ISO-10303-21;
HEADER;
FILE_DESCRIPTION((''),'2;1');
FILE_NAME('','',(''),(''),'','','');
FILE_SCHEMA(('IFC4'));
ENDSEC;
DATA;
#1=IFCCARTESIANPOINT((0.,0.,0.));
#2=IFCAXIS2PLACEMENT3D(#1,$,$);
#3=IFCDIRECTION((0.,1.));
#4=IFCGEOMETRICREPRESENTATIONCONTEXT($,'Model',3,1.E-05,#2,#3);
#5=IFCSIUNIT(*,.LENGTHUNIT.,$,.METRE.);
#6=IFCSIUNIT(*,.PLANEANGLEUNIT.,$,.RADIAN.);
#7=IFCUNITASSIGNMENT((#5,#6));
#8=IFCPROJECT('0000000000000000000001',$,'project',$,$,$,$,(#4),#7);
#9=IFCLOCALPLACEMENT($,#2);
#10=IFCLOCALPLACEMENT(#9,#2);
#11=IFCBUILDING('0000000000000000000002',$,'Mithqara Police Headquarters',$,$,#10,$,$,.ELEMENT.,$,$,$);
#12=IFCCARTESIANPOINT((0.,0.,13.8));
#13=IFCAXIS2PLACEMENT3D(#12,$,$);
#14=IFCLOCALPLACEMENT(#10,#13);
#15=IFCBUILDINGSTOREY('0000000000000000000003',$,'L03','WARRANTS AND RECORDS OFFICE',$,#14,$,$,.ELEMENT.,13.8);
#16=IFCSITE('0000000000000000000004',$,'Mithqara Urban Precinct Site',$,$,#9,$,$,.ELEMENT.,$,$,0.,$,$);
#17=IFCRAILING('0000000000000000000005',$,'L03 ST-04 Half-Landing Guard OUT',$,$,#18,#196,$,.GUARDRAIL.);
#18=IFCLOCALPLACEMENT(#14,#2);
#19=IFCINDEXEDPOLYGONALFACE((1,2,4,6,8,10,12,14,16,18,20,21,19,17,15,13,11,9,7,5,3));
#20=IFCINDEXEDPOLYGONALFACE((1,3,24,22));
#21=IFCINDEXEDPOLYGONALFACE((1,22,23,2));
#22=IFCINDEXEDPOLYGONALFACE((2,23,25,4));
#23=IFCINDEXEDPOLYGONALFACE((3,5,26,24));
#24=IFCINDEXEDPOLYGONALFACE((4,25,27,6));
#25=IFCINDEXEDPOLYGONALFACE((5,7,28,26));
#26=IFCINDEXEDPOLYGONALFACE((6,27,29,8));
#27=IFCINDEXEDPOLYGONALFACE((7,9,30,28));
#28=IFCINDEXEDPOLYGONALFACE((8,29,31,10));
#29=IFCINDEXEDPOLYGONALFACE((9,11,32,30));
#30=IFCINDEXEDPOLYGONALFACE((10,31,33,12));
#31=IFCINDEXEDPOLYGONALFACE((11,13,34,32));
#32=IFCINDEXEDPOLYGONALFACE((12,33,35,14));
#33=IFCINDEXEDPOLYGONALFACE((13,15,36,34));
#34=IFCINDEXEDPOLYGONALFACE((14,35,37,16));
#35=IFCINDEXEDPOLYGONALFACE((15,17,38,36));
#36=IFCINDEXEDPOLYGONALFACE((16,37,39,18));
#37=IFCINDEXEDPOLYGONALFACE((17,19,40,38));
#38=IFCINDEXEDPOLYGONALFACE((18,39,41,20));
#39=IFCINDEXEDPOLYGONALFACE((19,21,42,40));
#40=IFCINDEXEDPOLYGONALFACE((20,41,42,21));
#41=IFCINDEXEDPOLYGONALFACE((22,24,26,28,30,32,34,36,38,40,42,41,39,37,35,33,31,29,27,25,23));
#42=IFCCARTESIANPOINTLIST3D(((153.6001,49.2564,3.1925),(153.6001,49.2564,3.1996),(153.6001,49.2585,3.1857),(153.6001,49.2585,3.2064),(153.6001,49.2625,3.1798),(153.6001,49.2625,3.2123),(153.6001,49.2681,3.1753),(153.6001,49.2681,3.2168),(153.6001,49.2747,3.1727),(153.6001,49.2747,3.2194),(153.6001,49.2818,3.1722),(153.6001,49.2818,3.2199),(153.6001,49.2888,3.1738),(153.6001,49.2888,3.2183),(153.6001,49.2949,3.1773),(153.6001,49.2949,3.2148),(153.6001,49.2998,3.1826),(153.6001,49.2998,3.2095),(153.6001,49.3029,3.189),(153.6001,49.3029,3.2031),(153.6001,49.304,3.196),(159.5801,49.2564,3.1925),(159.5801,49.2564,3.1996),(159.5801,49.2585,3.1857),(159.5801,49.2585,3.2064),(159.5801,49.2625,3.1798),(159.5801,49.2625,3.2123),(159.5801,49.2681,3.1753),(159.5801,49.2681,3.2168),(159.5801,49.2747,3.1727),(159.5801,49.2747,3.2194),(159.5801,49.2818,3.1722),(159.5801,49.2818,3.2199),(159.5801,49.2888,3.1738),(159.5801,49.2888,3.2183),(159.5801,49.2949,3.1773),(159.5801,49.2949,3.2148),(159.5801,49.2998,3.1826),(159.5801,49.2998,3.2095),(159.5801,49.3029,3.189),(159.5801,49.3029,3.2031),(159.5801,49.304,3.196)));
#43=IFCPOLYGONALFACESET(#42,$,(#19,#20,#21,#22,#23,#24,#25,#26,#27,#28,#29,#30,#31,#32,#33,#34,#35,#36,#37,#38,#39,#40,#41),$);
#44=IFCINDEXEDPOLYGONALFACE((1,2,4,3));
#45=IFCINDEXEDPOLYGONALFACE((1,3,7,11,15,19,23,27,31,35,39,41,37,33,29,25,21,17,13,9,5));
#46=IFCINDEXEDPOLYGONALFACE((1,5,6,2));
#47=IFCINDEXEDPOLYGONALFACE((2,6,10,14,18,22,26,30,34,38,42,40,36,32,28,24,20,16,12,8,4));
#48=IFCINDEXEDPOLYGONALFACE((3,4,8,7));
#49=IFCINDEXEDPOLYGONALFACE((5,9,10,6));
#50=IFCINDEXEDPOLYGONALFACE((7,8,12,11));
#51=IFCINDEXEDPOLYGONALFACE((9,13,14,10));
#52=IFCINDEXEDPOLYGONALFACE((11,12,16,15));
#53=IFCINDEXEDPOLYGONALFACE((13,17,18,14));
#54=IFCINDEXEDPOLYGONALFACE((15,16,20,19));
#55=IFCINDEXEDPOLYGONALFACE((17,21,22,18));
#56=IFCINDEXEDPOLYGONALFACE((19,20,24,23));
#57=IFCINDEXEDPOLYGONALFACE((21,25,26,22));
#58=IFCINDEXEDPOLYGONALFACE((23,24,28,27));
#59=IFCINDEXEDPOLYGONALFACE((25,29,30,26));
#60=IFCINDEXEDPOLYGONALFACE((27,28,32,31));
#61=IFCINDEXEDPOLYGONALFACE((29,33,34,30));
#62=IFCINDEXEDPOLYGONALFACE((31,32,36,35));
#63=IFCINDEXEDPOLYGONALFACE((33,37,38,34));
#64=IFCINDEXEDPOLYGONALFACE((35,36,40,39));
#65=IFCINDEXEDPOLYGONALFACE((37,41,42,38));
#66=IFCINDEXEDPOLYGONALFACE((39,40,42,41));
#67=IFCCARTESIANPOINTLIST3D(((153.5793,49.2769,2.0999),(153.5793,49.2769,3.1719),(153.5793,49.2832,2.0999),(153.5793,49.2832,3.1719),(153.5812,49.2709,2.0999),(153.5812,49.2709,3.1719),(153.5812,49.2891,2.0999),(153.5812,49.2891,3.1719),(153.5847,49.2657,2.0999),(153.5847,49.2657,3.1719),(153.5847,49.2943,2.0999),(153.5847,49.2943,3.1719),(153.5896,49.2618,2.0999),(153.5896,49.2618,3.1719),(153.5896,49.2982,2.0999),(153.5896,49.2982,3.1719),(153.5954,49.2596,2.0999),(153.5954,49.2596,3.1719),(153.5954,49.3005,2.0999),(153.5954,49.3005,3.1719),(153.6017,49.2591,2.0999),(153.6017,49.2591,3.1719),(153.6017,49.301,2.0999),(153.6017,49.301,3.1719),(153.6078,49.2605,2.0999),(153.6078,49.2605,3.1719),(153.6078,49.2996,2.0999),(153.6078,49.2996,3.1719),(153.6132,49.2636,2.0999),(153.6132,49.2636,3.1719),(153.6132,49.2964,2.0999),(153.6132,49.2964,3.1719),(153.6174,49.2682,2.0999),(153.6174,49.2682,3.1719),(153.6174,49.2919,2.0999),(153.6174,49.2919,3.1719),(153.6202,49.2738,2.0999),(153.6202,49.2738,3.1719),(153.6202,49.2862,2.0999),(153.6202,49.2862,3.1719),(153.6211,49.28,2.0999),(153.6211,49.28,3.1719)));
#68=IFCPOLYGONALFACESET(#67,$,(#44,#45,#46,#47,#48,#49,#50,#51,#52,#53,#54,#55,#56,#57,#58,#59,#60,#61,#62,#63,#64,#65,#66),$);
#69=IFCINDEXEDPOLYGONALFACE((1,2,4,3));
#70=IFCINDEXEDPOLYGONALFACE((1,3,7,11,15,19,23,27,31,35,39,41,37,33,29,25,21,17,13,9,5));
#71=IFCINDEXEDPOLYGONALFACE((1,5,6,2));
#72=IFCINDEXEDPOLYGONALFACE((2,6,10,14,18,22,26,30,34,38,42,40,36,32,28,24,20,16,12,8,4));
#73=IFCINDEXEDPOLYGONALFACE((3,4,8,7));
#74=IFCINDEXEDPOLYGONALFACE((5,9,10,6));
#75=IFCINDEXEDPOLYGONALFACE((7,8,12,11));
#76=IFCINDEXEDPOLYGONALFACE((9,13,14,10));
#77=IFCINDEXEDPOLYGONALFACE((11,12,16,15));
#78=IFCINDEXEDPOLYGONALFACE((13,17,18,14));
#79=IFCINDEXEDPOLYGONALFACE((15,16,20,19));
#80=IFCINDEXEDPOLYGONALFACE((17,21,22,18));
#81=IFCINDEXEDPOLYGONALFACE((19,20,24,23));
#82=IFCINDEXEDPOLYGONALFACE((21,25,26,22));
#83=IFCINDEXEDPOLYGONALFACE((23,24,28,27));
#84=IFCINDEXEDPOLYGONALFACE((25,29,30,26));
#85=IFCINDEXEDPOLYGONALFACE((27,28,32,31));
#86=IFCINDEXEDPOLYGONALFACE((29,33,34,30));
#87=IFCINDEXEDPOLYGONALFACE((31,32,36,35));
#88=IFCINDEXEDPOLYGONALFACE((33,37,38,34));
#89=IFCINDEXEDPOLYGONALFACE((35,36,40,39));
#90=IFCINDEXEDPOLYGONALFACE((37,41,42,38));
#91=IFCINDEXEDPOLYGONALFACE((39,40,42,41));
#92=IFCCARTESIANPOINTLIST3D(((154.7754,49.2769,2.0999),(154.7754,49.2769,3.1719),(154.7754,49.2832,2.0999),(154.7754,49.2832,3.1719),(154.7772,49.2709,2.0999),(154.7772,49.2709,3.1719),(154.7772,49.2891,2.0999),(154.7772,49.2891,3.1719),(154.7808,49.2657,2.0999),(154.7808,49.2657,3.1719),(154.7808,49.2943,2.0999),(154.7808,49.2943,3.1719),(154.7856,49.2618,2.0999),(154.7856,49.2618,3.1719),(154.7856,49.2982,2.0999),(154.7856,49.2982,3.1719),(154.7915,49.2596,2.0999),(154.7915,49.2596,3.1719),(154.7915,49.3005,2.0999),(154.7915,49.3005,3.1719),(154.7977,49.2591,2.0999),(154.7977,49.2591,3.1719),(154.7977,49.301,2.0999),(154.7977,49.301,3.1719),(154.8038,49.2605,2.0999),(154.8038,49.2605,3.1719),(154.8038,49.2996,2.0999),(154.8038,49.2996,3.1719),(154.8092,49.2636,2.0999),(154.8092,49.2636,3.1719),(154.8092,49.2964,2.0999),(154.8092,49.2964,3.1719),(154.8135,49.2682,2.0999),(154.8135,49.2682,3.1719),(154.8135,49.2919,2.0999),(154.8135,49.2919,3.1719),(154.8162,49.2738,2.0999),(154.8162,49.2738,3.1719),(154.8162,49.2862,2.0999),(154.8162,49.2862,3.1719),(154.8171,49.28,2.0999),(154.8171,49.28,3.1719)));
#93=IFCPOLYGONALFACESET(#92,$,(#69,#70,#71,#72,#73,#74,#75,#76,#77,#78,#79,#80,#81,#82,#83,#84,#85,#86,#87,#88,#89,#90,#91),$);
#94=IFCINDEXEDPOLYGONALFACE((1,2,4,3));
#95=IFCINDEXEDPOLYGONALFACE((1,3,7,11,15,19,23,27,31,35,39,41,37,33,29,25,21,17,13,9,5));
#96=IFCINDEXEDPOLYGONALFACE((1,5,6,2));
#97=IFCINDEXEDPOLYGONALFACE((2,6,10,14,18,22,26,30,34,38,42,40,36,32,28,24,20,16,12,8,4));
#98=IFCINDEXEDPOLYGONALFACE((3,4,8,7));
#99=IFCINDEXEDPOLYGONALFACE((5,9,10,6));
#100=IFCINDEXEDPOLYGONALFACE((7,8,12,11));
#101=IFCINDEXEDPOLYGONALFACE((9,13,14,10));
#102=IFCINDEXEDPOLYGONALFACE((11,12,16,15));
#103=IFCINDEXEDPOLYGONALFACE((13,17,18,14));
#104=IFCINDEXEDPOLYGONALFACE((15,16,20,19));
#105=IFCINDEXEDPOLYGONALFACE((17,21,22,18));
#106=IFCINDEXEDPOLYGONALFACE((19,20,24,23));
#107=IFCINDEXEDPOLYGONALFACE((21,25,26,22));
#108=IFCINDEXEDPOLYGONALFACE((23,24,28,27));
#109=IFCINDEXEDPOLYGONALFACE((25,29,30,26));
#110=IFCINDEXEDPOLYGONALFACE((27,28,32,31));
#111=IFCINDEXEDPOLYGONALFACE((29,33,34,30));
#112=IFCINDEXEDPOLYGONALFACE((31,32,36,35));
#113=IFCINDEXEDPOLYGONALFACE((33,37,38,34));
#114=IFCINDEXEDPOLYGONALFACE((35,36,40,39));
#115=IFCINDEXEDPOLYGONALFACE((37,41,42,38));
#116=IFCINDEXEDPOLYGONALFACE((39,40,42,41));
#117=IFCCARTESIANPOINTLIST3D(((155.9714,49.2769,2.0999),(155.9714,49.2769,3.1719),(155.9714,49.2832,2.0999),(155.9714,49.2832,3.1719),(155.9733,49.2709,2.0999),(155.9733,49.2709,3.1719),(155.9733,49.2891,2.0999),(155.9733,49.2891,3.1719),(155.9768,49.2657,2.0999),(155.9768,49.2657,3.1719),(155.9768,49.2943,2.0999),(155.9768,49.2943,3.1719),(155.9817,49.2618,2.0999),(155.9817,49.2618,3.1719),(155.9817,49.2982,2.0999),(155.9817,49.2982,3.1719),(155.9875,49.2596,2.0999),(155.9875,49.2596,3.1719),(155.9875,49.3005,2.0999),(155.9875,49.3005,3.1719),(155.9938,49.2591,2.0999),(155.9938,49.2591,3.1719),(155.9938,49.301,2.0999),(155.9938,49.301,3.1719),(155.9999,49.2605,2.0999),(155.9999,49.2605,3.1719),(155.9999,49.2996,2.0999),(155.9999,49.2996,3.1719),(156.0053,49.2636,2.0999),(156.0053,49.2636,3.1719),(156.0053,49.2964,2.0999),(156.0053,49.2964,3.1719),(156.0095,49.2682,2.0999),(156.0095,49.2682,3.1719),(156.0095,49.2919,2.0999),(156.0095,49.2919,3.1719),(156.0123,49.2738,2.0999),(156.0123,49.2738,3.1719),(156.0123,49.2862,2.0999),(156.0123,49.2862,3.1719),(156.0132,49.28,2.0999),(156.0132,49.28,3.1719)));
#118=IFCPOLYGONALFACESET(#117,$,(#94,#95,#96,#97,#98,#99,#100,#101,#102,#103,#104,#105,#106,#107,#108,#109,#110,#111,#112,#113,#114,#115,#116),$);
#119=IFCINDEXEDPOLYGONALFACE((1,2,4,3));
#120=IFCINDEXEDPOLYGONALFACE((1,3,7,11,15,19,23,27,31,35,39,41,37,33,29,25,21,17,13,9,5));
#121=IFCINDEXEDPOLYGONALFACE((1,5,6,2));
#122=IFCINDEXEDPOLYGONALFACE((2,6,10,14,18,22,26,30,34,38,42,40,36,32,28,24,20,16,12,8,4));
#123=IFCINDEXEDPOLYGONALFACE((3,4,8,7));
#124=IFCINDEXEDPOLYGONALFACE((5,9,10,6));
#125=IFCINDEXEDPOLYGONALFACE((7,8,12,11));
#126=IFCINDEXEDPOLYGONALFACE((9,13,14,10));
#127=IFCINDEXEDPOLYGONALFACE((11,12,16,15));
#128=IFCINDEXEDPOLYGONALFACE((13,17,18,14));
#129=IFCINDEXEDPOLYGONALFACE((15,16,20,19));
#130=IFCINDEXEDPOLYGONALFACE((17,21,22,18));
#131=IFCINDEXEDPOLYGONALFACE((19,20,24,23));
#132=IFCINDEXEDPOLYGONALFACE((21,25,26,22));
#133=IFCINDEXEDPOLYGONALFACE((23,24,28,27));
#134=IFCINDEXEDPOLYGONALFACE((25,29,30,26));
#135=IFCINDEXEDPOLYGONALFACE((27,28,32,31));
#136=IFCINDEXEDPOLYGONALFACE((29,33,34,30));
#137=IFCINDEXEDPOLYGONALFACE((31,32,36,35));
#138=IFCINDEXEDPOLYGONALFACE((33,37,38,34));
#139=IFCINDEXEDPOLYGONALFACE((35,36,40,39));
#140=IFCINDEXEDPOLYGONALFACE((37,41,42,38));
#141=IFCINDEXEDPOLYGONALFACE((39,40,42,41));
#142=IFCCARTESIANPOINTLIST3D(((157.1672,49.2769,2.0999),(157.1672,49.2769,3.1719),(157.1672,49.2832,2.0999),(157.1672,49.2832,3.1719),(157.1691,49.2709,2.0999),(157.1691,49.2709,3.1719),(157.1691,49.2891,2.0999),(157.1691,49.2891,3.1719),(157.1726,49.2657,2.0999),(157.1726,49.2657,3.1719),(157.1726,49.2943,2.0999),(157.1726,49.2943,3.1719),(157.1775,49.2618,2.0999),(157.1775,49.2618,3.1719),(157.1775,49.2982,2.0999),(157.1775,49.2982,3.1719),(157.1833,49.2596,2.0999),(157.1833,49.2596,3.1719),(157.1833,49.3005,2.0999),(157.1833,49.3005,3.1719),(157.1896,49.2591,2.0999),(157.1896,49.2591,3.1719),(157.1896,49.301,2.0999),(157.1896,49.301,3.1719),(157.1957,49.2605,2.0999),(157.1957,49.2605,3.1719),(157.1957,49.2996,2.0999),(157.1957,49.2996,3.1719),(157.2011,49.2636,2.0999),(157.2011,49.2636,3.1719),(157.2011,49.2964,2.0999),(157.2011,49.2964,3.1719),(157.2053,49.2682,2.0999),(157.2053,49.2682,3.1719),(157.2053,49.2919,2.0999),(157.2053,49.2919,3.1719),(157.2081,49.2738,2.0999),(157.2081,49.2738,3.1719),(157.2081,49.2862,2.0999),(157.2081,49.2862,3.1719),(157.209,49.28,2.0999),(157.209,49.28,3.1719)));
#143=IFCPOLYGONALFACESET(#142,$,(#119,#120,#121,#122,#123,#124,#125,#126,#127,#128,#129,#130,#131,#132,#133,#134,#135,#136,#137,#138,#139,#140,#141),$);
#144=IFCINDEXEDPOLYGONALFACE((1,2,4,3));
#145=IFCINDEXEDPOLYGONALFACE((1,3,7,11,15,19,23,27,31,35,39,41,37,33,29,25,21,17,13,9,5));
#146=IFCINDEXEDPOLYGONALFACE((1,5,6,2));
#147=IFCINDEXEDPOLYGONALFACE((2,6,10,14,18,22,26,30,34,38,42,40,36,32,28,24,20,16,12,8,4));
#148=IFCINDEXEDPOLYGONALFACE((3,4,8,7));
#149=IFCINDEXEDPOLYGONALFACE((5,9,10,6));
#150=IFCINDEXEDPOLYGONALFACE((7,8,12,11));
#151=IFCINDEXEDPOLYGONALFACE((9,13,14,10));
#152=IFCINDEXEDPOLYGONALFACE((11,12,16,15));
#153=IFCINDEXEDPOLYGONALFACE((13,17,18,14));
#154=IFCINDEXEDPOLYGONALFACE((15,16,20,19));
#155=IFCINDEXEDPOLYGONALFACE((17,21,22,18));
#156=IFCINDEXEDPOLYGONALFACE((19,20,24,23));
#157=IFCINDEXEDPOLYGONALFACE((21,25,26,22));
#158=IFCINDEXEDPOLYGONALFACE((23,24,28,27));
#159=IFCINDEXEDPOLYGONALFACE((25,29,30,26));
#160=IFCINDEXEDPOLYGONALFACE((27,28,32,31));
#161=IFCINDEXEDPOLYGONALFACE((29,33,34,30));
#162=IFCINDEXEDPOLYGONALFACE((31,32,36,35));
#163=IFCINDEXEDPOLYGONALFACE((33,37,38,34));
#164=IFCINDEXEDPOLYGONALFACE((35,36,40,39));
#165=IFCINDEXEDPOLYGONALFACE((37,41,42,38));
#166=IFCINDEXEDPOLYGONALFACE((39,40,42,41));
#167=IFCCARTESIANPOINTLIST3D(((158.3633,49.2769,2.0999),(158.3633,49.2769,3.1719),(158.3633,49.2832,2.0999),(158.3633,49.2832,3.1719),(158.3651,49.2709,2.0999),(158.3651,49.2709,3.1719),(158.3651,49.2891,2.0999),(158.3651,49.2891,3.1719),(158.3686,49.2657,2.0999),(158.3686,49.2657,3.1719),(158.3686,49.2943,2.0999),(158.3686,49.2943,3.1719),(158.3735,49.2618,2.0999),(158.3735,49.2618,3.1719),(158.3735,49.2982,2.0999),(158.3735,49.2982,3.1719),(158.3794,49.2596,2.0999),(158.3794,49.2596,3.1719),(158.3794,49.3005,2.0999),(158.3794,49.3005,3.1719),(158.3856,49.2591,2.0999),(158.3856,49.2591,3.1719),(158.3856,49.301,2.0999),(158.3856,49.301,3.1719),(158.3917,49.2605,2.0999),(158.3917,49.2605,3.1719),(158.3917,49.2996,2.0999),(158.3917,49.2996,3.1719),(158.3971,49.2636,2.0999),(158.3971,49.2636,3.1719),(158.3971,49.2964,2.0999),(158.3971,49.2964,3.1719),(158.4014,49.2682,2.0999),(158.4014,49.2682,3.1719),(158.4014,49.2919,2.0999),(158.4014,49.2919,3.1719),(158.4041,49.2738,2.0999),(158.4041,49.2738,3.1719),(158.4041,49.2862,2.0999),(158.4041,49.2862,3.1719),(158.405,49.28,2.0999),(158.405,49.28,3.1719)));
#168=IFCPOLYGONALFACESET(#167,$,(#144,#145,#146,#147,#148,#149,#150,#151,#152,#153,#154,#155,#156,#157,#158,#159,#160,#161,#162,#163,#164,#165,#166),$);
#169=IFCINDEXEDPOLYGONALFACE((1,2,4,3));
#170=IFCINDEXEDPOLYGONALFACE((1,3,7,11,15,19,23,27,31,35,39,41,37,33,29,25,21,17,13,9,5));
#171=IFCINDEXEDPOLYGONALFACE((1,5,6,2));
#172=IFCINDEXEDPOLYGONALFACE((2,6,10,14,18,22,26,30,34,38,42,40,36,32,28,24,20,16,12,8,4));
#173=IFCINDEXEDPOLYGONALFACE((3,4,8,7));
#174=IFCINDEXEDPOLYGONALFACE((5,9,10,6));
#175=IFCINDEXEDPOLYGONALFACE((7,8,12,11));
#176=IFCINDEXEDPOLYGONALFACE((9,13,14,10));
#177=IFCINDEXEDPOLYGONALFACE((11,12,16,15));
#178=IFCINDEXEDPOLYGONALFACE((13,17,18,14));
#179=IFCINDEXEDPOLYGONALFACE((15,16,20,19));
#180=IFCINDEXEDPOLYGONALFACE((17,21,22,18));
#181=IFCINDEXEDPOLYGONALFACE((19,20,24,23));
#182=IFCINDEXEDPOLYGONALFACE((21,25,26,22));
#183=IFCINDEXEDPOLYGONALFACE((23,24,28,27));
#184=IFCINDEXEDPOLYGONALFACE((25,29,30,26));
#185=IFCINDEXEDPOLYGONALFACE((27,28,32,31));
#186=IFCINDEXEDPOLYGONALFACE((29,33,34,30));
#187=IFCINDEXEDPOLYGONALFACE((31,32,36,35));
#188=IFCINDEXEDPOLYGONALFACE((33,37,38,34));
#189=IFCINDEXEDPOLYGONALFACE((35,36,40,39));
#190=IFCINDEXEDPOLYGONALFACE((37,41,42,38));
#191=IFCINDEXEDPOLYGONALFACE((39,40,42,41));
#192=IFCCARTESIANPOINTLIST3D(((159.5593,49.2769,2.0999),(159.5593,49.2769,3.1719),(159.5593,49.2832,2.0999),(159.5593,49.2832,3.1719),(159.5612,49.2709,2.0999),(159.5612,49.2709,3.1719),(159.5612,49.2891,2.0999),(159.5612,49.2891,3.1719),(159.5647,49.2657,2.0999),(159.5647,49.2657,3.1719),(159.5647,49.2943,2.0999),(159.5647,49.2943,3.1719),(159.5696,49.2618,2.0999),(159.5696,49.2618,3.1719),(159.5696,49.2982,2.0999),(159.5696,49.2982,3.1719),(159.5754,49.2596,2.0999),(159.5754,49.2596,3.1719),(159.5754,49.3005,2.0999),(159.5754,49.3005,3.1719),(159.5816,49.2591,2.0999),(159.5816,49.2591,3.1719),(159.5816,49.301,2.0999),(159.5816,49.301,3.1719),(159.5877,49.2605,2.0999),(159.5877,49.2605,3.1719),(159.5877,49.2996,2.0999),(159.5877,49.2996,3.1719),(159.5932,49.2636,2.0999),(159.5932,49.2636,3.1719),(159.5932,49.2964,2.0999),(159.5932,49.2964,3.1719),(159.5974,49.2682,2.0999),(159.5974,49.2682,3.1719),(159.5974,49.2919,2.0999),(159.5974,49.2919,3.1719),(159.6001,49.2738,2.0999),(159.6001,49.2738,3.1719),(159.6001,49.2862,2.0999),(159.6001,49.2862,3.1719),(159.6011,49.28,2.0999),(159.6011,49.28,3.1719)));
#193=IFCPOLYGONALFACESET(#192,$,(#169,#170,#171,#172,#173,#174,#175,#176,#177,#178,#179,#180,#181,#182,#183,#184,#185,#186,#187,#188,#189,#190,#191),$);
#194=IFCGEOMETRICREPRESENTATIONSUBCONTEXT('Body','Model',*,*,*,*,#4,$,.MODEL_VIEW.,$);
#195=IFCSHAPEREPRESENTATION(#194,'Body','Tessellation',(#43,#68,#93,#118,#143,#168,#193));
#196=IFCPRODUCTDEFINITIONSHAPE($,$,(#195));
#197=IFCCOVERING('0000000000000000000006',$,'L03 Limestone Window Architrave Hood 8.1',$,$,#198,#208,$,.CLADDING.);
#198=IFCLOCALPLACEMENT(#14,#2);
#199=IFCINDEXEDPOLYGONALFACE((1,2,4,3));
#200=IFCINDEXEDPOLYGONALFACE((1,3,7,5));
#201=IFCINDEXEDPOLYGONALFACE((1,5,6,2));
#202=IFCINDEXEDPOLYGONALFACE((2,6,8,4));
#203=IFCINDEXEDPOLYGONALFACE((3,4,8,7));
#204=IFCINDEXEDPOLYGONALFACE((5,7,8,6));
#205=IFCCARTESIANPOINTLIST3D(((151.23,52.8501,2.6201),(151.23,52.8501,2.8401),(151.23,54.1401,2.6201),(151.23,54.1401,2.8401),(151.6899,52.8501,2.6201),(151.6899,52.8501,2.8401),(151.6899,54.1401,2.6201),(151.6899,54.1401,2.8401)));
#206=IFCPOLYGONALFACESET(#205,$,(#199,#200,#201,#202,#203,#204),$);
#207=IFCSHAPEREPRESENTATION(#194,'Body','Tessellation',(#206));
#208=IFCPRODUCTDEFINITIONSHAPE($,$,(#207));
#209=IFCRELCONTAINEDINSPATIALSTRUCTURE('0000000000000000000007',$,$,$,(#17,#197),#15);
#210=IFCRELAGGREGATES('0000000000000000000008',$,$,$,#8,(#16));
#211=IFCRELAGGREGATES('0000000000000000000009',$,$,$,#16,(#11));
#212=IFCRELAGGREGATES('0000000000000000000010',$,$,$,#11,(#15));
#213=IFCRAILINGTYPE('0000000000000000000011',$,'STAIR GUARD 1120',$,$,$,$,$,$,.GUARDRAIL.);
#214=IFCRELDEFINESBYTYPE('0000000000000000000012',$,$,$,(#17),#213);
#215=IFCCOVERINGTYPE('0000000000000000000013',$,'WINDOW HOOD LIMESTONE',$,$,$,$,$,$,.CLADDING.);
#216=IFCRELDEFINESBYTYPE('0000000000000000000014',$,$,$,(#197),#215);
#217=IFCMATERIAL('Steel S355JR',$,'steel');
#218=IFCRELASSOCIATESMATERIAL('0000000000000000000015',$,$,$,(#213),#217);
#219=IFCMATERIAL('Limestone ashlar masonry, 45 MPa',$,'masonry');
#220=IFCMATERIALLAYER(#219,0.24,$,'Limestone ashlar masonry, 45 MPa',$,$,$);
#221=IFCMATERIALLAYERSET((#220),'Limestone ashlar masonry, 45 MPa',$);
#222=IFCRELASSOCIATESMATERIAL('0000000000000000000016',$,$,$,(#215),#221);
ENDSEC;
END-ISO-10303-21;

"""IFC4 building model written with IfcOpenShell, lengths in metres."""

from ifc_helpers import new_model, si_unit, direction, frame, origin, origin_2d, place, context, subcontext, project, spatial, rectangle, circle, extrude, material, layer, layer_set, type_object, element, save


model = new_model("IFC4")

# Units and contexts
model_context = context("Model", 3, precision=1e-05, world=origin(), true_north=direction((0.0, 1.0)))
body_context = subcontext(model_context, "Body", "Model", "MODEL_VIEW")
ifc_project = project(units=[si_unit("LENGTHUNIT", "METRE"), si_unit("PLANEANGLEUNIT", "RADIAN")], contexts=[model_context])

# Site, building, storey
site_placement = place(None, origin())
site = spatial("IfcSite", under=ifc_project, at=site_placement, Name="Mithqara Urban Precinct Site", CompositionType="ELEMENT", RefElevation=0.0)
building_placement = place(site_placement, origin())
building = spatial("IfcBuilding", under=site, at=building_placement, Name="Mithqara Police Headquarters", CompositionType="ELEMENT")
storey_placement = place(building_placement, frame((0.0, 0.0, 13.8)))
storey = spatial("IfcBuildingStorey", under=building, at=storey_placement, Name="L03", Description="WARRANTS AND RECORDS OFFICE", CompositionType="ELEMENT", Elevation=13.8)

# Shared definitions
ifc_material_1 = material(Name="Steel S355JR", Category="steel")

# Shared definitions
ifc_material_2 = material(Name="Limestone ashlar masonry, 45 MPa", Category="masonry")

# Railing
railing_type_1 = type_object("IfcRailingType", Name="STAIR GUARD 1120", PredefinedType="GUARDRAIL", material=ifc_material_1)
for number, where, name in (
    (1, (153.6001, 49.28, 2.0999), "L03 ST-04 Half-Landing Guard OUT"),
):
    element("IfcRailing", number, at=place(storey_placement, frame(where)), inside=storey, type_object=railing_type_1, Name=name, PredefinedType="GUARDRAIL", context=body_context, shape_type="SweptSolid", body=[
        extrude(circle(Radius=0.0239, at=origin_2d()), frame((0.0, 0.0, 1.0962), z_axis=(1.0, 0.0, 0.0), x_axis=(0.0, 1.0, 0.0)), (0.0, 0.0, 1.0), 5.98),
        extrude(circle(Radius=0.021, at=origin_2d()), origin(), (0.0, 0.0, 1.0), 1.072),
        extrude(circle(Radius=0.021, at=origin_2d()), frame((1.196, 0.0, 0.0)), (0.0, 0.0, 1.0), 1.072),
        extrude(circle(Radius=0.021, at=origin_2d()), frame((2.3921, 0.0, 0.0)), (0.0, 0.0, 1.0), 1.072),
        extrude(circle(Radius=0.021, at=origin_2d()), frame((3.5879, 0.0, 0.0)), (0.0, 0.0, 1.0), 1.072),
        extrude(circle(Radius=0.021, at=origin_2d()), frame((4.7839, 0.0, 0.0)), (0.0, 0.0, 1.0), 1.072),
        extrude(circle(Radius=0.021, at=origin_2d()), frame((5.98, 0.0, 0.0)), (0.0, 0.0, 1.0), 1.072),
    ])

# Covering
ifc_layer_1 = layer(ifc_material_2, 0.24, Name="Limestone ashlar masonry, 45 MPa")
ifc_layer_set_1 = layer_set([ifc_layer_1], Name="Limestone ashlar masonry, 45 MPa")
covering_type_1 = type_object("IfcCoveringType", Name="WINDOW HOOD LIMESTONE", PredefinedType="CLADDING", material=ifc_layer_set_1)
covering_1_placement = place(storey_placement, frame((151.46, 53.4951, 2.6201), z_axis=(0.0, 0.0, 1.0), x_axis=(0.0, 1.0, 0.0)))
element("IfcCovering", 2, at=covering_1_placement, inside=storey, type_object=covering_type_1, Name="L03 Limestone Window Architrave Hood 8.1", PredefinedType="CLADDING", context=body_context, shape_type="SweptSolid", body=[
    extrude(rectangle(XDim=1.29, YDim=0.46, at=origin_2d()), origin(), (0.0, 0.0, 1.0), 0.22),
])

save(model, "model.ifc")
